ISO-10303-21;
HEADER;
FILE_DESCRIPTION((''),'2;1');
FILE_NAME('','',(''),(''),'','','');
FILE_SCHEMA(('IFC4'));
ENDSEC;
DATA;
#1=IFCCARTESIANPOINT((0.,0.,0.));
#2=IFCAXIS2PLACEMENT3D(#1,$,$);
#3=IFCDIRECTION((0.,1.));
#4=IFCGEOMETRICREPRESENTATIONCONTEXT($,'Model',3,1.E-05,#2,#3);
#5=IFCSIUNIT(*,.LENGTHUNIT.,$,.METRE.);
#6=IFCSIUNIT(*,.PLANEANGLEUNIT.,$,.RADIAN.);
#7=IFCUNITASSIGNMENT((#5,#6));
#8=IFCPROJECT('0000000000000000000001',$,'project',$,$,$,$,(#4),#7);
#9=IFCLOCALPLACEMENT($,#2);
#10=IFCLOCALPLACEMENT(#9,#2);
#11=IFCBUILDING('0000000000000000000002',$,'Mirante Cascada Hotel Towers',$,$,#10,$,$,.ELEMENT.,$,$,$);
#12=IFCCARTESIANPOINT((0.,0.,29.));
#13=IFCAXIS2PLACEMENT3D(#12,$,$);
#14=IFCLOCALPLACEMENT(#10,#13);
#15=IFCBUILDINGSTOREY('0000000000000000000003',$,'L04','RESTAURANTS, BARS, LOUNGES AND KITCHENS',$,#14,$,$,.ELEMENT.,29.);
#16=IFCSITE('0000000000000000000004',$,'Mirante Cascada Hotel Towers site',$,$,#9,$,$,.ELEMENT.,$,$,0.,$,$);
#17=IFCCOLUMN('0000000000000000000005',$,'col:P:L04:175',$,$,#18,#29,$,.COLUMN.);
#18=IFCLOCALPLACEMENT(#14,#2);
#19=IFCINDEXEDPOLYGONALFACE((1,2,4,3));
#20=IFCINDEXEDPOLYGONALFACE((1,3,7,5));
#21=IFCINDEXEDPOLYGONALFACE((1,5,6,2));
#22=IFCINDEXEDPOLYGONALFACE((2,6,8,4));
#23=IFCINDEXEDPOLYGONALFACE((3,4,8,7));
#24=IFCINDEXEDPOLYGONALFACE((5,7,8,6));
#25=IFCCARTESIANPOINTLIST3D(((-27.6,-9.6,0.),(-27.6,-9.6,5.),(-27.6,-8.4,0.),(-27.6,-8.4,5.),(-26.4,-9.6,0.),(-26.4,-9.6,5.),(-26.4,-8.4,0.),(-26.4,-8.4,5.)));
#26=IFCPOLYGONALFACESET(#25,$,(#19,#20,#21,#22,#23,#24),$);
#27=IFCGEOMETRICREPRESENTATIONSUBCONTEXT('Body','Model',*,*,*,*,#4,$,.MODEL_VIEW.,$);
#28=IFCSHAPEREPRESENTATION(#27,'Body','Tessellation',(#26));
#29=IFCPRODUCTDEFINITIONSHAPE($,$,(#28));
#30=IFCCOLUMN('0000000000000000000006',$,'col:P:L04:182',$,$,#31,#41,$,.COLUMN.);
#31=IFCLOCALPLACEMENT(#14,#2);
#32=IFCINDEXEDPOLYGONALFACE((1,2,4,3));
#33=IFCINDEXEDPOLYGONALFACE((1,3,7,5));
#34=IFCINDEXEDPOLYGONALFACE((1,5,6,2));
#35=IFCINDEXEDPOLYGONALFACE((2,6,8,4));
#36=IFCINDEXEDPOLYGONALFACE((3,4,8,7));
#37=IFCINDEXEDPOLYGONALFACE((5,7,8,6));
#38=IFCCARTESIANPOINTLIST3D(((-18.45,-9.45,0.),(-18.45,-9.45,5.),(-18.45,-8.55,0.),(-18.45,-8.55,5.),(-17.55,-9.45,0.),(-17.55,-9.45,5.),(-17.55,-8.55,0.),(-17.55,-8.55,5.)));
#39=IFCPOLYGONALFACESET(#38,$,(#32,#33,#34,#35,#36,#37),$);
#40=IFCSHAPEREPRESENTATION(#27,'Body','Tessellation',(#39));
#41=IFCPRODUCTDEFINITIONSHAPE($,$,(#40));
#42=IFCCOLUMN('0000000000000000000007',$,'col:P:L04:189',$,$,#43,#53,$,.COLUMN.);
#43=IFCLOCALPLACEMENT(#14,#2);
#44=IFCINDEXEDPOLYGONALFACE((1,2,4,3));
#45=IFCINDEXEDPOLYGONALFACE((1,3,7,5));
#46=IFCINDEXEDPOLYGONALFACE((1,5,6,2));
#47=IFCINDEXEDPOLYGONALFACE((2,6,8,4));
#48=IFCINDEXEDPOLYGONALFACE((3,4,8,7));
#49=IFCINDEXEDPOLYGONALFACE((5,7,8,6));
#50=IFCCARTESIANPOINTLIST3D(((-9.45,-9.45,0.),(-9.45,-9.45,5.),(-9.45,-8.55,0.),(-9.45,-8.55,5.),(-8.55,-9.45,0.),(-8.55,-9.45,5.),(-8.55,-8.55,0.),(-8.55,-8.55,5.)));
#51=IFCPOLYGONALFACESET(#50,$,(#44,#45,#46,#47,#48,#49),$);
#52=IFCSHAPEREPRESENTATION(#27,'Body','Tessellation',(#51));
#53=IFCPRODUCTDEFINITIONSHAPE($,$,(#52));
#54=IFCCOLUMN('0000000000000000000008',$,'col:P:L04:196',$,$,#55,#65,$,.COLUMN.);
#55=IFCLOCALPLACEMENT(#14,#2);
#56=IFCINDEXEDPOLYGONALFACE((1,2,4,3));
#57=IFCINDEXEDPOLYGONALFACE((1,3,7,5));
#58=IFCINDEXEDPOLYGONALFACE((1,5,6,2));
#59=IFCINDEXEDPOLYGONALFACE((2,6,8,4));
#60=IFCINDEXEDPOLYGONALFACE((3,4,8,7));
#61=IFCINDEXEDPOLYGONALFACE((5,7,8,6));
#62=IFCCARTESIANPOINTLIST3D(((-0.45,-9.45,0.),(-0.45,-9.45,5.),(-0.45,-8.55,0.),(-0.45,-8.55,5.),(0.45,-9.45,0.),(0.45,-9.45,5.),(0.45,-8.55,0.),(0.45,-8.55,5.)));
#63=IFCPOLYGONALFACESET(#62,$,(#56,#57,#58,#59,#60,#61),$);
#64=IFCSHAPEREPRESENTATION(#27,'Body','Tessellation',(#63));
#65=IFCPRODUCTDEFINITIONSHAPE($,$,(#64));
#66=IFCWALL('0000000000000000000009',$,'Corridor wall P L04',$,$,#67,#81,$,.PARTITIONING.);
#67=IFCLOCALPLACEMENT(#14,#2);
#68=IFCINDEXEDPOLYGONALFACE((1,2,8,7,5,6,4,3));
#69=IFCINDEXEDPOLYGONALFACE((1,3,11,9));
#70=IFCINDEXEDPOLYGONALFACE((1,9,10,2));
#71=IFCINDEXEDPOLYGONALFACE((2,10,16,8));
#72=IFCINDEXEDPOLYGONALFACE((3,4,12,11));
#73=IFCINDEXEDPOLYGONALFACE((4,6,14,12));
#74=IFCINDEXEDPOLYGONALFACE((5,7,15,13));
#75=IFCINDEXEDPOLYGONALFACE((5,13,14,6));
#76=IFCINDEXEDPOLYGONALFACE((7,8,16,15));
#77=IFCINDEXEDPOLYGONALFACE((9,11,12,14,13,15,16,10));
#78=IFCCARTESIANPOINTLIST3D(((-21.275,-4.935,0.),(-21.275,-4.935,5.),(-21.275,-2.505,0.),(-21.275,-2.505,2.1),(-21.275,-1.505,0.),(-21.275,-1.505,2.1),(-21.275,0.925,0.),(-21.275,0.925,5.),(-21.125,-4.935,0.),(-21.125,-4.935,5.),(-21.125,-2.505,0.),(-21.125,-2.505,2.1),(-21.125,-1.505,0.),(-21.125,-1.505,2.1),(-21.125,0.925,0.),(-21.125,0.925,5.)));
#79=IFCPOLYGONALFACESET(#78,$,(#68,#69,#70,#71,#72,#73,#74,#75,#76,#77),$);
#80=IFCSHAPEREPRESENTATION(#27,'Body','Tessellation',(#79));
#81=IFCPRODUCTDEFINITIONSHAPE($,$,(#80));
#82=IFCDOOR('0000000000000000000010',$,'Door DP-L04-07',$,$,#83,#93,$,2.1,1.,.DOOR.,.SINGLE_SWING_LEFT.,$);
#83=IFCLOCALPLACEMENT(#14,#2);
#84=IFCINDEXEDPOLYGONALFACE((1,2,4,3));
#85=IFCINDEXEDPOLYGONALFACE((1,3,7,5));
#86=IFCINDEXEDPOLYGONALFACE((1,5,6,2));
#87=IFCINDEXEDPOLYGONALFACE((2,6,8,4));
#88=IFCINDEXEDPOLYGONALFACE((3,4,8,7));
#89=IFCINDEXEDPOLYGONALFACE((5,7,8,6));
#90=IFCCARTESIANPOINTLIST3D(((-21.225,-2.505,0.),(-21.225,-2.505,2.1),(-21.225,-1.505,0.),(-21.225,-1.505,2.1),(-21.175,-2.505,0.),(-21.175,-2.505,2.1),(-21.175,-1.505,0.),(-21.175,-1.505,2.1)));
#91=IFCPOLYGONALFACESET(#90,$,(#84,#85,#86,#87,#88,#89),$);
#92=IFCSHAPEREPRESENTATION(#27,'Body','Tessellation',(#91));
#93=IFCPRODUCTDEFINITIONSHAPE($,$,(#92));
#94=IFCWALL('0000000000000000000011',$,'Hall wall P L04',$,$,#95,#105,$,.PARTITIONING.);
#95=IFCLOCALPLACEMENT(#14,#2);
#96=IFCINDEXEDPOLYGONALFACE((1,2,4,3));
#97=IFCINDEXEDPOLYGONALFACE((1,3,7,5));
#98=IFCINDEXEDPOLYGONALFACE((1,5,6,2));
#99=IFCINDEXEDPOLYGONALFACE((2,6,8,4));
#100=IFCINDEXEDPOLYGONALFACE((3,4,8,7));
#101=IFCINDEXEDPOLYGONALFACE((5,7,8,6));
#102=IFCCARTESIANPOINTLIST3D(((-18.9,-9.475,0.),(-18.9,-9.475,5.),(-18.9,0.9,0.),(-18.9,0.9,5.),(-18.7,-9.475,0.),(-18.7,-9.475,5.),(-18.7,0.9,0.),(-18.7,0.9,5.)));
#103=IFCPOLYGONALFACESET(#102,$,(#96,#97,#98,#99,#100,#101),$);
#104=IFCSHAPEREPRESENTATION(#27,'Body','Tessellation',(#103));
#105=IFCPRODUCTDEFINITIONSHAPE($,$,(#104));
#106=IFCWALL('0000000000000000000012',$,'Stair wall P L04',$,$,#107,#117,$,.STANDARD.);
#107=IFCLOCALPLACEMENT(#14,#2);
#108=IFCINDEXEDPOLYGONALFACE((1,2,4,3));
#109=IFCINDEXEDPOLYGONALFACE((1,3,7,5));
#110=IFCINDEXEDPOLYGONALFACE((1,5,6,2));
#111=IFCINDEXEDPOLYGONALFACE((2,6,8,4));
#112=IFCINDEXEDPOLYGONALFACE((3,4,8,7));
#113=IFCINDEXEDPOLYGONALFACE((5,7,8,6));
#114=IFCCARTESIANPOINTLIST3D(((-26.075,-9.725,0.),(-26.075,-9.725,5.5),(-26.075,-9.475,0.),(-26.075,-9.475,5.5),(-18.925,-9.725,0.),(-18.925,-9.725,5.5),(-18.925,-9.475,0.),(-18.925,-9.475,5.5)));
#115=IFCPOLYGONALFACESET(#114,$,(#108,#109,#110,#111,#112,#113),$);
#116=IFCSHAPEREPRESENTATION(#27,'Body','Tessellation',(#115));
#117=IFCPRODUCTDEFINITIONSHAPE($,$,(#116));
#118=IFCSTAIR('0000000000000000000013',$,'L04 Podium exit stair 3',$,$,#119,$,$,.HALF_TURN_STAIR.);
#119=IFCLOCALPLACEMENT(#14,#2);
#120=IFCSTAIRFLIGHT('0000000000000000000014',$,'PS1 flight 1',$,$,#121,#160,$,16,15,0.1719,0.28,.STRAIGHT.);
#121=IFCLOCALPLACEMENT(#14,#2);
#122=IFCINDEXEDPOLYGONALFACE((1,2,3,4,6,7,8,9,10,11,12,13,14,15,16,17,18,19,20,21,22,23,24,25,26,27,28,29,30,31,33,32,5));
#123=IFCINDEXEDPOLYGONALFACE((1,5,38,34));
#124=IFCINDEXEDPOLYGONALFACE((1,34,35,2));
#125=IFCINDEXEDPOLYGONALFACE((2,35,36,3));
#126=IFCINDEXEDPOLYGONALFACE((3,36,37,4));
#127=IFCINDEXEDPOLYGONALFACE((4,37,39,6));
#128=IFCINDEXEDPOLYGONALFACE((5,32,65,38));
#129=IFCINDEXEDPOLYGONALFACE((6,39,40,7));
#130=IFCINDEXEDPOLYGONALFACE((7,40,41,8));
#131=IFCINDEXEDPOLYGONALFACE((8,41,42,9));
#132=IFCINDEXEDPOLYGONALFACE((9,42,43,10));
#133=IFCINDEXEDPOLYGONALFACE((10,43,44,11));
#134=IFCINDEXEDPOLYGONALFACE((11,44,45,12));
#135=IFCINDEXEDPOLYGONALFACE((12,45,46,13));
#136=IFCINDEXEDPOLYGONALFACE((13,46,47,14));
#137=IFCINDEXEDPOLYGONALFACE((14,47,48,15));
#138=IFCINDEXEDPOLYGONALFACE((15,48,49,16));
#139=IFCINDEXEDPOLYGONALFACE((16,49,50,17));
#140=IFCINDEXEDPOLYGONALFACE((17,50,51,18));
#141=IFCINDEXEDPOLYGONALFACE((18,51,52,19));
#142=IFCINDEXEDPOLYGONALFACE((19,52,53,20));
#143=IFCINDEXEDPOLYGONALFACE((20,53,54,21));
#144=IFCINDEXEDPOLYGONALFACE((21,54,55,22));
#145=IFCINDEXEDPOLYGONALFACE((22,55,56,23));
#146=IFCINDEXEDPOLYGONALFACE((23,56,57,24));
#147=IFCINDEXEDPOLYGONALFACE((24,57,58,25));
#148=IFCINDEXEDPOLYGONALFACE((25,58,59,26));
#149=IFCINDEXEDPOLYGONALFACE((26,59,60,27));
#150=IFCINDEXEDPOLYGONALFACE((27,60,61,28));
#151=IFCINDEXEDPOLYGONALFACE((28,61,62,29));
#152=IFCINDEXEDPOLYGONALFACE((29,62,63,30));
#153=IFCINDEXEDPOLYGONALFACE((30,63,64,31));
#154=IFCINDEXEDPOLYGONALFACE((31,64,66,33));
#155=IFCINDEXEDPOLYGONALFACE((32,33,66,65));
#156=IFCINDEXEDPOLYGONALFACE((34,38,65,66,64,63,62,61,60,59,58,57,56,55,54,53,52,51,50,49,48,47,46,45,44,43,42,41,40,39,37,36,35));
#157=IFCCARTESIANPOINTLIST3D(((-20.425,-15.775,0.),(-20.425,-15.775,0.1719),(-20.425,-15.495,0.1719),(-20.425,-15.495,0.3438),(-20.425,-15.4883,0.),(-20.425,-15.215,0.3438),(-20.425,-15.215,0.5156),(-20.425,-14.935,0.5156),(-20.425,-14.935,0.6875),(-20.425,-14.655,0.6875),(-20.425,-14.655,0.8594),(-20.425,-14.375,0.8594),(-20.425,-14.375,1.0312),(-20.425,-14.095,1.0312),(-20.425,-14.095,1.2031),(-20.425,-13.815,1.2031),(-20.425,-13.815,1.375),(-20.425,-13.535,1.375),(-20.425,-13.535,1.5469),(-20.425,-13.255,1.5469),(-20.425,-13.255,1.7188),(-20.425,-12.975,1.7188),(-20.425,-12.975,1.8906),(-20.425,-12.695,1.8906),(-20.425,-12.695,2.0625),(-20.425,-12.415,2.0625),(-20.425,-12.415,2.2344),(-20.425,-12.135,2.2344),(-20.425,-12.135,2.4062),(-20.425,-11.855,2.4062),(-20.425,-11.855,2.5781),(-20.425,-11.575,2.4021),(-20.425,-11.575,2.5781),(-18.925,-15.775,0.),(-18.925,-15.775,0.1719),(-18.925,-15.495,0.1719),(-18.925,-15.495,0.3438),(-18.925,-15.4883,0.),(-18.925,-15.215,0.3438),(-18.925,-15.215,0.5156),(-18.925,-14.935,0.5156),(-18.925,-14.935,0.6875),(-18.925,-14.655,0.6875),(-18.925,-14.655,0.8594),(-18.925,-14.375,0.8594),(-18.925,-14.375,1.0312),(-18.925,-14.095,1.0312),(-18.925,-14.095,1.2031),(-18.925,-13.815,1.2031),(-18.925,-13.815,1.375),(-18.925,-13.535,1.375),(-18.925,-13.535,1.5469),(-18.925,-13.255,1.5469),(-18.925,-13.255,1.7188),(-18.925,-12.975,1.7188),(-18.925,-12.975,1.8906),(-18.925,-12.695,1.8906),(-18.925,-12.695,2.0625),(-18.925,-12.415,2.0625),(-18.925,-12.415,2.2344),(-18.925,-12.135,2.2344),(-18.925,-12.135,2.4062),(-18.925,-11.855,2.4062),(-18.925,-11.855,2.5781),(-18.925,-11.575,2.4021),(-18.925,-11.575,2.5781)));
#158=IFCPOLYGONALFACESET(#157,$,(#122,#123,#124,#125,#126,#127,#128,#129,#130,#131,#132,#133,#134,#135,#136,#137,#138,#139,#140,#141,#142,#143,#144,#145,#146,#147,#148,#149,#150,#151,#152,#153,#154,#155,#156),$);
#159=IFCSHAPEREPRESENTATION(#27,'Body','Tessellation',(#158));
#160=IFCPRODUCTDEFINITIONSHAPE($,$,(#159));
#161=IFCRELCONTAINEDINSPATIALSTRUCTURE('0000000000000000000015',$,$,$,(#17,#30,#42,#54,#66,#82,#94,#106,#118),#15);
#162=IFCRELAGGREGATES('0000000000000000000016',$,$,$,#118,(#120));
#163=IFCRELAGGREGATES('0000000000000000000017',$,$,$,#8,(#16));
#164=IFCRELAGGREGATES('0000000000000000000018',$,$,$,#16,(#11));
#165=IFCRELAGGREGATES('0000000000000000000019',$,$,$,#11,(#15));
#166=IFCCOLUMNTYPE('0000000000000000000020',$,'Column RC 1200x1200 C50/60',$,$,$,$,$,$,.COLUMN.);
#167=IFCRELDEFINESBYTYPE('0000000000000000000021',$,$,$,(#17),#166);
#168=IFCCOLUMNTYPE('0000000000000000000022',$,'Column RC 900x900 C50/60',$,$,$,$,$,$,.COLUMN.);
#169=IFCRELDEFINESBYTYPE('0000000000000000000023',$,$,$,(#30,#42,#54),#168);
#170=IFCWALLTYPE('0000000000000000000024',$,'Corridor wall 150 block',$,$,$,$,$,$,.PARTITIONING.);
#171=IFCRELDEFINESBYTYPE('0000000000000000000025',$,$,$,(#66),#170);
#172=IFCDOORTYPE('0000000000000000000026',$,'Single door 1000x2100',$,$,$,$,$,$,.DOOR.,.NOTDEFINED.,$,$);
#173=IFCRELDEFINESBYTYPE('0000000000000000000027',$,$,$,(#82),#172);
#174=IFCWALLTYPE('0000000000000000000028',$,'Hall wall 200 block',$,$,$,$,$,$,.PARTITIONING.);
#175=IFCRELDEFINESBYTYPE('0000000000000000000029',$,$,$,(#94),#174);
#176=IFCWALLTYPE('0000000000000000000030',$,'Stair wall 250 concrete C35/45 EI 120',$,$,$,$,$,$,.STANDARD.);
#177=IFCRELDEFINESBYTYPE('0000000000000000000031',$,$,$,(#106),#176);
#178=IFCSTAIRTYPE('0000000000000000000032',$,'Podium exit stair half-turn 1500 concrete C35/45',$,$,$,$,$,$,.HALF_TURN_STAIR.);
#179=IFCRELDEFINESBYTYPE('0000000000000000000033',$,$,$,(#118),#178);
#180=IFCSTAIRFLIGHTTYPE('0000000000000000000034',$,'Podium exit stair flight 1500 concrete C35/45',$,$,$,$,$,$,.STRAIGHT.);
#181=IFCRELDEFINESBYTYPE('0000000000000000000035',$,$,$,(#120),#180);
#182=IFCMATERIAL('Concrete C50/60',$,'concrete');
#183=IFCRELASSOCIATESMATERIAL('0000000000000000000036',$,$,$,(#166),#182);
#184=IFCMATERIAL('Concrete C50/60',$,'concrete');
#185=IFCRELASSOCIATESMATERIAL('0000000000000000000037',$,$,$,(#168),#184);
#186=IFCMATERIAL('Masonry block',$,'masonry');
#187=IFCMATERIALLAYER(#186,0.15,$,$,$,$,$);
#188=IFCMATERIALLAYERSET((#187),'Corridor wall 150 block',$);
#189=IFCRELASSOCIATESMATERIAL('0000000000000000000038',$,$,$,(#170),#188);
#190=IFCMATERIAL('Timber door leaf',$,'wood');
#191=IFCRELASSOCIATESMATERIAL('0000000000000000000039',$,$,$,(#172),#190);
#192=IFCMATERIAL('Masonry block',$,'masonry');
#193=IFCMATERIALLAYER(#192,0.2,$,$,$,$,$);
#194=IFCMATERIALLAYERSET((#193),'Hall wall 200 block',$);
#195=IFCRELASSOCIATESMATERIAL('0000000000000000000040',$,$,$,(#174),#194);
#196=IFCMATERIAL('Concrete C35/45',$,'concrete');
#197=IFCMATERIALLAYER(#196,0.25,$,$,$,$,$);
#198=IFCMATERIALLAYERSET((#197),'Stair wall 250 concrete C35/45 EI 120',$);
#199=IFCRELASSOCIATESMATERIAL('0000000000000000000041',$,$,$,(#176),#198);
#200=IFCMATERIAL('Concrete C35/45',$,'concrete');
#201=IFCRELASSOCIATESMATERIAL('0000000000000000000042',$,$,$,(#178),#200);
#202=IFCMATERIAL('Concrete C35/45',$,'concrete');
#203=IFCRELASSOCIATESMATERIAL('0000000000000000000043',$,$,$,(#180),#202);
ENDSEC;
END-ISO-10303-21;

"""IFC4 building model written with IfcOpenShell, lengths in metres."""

from ifc_helpers import new_model, si_unit, direction, frame, frame_2d, origin, origin_2d, place, context, subcontext, project, spatial, polyline, rectangle, outline, extrude, material, layer, layer_set, material_profile, profile_set, type_object, element, fill, aggregate, save


model = new_model("IFC4")

# Units and contexts
model_context = context("Model", 3, precision=1e-05, world=origin(), true_north=direction((0.0, 1.0)))
body_context = subcontext(model_context, "Body", "Model", "MODEL_VIEW")
ifc_project = project(units=[si_unit("LENGTHUNIT", "METRE"), si_unit("PLANEANGLEUNIT", "RADIAN")], contexts=[model_context])

# Site, building, storey
site_placement = place(None, origin())
site = spatial("IfcSite", under=ifc_project, at=site_placement, Name="Mirante Cascada Hotel Towers site", CompositionType="ELEMENT", RefElevation=0.0)
building_placement = place(site_placement, origin())
building = spatial("IfcBuilding", under=site, at=building_placement, Name="Mirante Cascada Hotel Towers", CompositionType="ELEMENT")
storey_placement = place(building_placement, frame((0.0, 0.0, 29.0)))
storey = spatial("IfcBuildingStorey", under=building, at=storey_placement, Name="L04", Description="RESTAURANTS, BARS, LOUNGES AND KITCHENS", CompositionType="ELEMENT", Elevation=29.0)

# Columns
ifc_material_1 = material(Name="Concrete C50/60", Category="concrete")
ifc_material_profile_1 = material_profile(ifc_material_1, rectangle(XDim=1.2, YDim=1.2, at=origin_2d()), Name="RC 1200x1200")
ifc_profile_set_1 = profile_set([ifc_material_profile_1], Name="Concrete C50/60")
column_type_1 = type_object("IfcColumnType", Name="Column RC 1200x1200 C50/60", PredefinedType="COLUMN", material=ifc_profile_set_1)
column_placement = place(storey_placement, frame((-27.0, -9.0, 0.0), z_axis=(0.0, 0.0, 1.0), x_axis=(1.0, 0.0, 0.0)))
element("IfcColumn", 1, at=column_placement, inside=storey, type_object=column_type_1, Name="col:P:L04:175", PredefinedType="COLUMN", context=body_context, shape_type="SweptSolid", body=[
    extrude(rectangle(XDim=1.2, YDim=1.2, at=origin_2d()), origin(), (0.0, 0.0, 1.0), 5.0),
])
ifc_material_2 = material(Name="Concrete C50/60", Category="concrete")
ifc_material_profile_2 = material_profile(ifc_material_2, rectangle(XDim=0.9, YDim=0.9, at=origin_2d()), Name="RC 900x900")
ifc_profile_set_2 = profile_set([ifc_material_profile_2], Name="Concrete C50/60")
column_type_2 = type_object("IfcColumnType", Name="Column RC 900x900 C50/60", PredefinedType="COLUMN", material=ifc_profile_set_2)
for number, where, z_axis, x_axis, name in (
    (2, (-18.0, -9.0, 0.0), (0.0, 0.0, 1.0), (1.0, 0.0, 0.0), "col:P:L04:182"),
    (3, (-9.0, -9.0, 0.0), (0.0, 0.0, 1.0), (1.0, 0.0, 0.0), "col:P:L04:189"),
    (4, (0.0, -9.0, 0.0), (0.0, 0.0, 1.0), (1.0, 0.0, 0.0), "col:P:L04:196"),
):
    element("IfcColumn", number, at=place(storey_placement, frame(where, z_axis=z_axis, x_axis=x_axis)), inside=storey, type_object=column_type_2, Name=name, PredefinedType="COLUMN", context=body_context, shape_type="SweptSolid", body=[
        extrude(rectangle(XDim=0.9, YDim=0.9, at=origin_2d()), origin(), (0.0, 0.0, 1.0), 5.0),
    ])

# Wall, opening, door
ifc_material_3 = material(Name="Masonry block", Category="masonry")
ifc_layer_1 = layer(ifc_material_3, 0.15)
ifc_layer_set_1 = layer_set([ifc_layer_1], Name="Corridor wall 150 block")
wall_type_1 = type_object("IfcWallType", Name="Corridor wall 150 block", PredefinedType="PARTITIONING", material=ifc_layer_set_1)
wall_1_placement = place(storey_placement, frame((-21.2, -4.935, 0.0), z_axis=(0.0, 0.0, 1.0), x_axis=(0.0, 1.0, 0.0)))
wall_1 = element("IfcWall", 5, at=wall_1_placement, inside=storey, type_object=wall_type_1, Name="Corridor wall P L04", PredefinedType="PARTITIONING", context=body_context, shape_type="SweptSolid", body=[
    extrude(rectangle(XDim=5.86, YDim=0.15, at=frame_2d((2.93, 0.0))), origin(), (0.0, 0.0, 1.0), 5.0),
])
opening_placement = place(wall_1_placement, frame((2.43, 0.0, 0.0)))
opening = element("IfcOpeningElement", 6, at=opening_placement, cuts=wall_1, PredefinedType="OPENING", context=body_context, shape_type="SweptSolid", body=[
    extrude(rectangle(XDim=1.0, YDim=2.1, at=frame_2d((0.5, 1.05))), frame((0.0, 0.075, 0.0), z_axis=(0.0, -1.0, 0.0), x_axis=(1.0, 0.0, 0.0)), (0.0, 0.0, 1.0), 0.15),
])
ifc_material_4 = material(Name="Timber door leaf", Category="wood")
door_type = type_object("IfcDoorType", Name="Single door 1000x2100", OperationType="NOTDEFINED", PredefinedType="DOOR", material=ifc_material_4)
door_placement = place(opening_placement, frame((1.0, 0.0, 0.0), z_axis=(0.0, 0.0, 1.0), x_axis=(-1.0, 0.0, 0.0)))
door = element("IfcDoor", 7, at=door_placement, inside=storey, type_object=door_type, Name="Door DP-L04-07", OperationType="SINGLE_SWING_LEFT", OverallHeight=2.1, OverallWidth=1.0, PredefinedType="DOOR", context=body_context, shape_type="SweptSolid", body=[
    extrude(rectangle(XDim=1.0, YDim=2.1, at=frame_2d((0.5, 1.05))), frame((0.0, 0.025, 0.0), z_axis=(0.0, -1.0, 0.0), x_axis=(1.0, 0.0, 0.0)), (0.0, 0.0, 1.0), 0.05),
])
fill(opening, door)

# Walls
ifc_material_5 = material(Name="Masonry block", Category="masonry")
ifc_layer_2 = layer(ifc_material_5, 0.2)
ifc_layer_set_2 = layer_set([ifc_layer_2], Name="Hall wall 200 block")
wall_type_2 = type_object("IfcWallType", Name="Hall wall 200 block", PredefinedType="PARTITIONING", material=ifc_layer_set_2)
wall_2_placement = place(storey_placement, frame((-18.8, -9.475, 0.0), z_axis=(0.0, 0.0, 1.0), x_axis=(0.0, 1.0, 0.0)))
element("IfcWall", 8, at=wall_2_placement, inside=storey, type_object=wall_type_2, Name="Hall wall P L04", PredefinedType="PARTITIONING", context=body_context, shape_type="SweptSolid", body=[
    extrude(rectangle(XDim=10.375, YDim=0.2, at=frame_2d((5.1875, 0.0))), origin(), (0.0, 0.0, 1.0), 5.0),
])
ifc_material_6 = material(Name="Concrete C35/45", Category="concrete")
ifc_layer_3 = layer(ifc_material_6, 0.25)
ifc_layer_set_3 = layer_set([ifc_layer_3], Name="Stair wall 250 concrete C35/45 EI 120")
wall_type_3 = type_object("IfcWallType", Name="Stair wall 250 concrete C35/45 EI 120", PredefinedType="STANDARD", material=ifc_layer_set_3)
wall_3_placement = place(storey_placement, frame((-26.075, -9.6, 0.0), z_axis=(0.0, 0.0, 1.0), x_axis=(1.0, 0.0, 0.0)))
element("IfcWall", 9, at=wall_3_placement, inside=storey, type_object=wall_type_3, Name="Stair wall P L04", PredefinedType="STANDARD", context=body_context, shape_type="SweptSolid", body=[
    extrude(rectangle(XDim=7.15, YDim=0.25, at=frame_2d((3.575, 0.0))), origin(), (0.0, 0.0, 1.0), 5.5),
])

# Stair, stair flight
ifc_material_7 = material(Name="Concrete C35/45", Category="concrete")
stair_type = type_object("IfcStairType", Name="Podium exit stair half-turn 1500 concrete C35/45", PredefinedType="HALF_TURN_STAIR", material=ifc_material_7)
stair_1_placement = place(storey_placement, origin())
stair_1 = element("IfcStair", 10, at=stair_1_placement, inside=storey, type_object=stair_type, Name="L04 Podium exit stair 3", PredefinedType="HALF_TURN_STAIR")
ifc_material_8 = material(Name="Concrete C35/45", Category="concrete")
stair_flight_type = type_object("IfcStairFlightType", Name="Podium exit stair flight 1500 concrete C35/45", PredefinedType="STRAIGHT", material=ifc_material_8)
stair_flight_1_placement = place(storey_placement, frame((-19.675, -15.775, 0.0), z_axis=(0.0, 0.0, 1.0), x_axis=(0.0, 1.0, 0.0)))
stair_flight_1 = element("IfcStairFlight", 11, at=stair_flight_1_placement, type_object=stair_flight_type, Name="PS1 flight 1", NumberOfRisers=16, NumberOfTreads=15, PredefinedType="STRAIGHT", RiserHeight=0.1719, TreadLength=0.28, context=body_context, shape_type="SweptSolid", body=[
    extrude(outline(polyline([(0.0, 0.0), (0.0, 0.1719), (0.28, 0.1719), (0.28, 0.3438), (0.56, 0.3438), (0.56, 0.5156), (0.84, 0.5156), (0.84, 0.6875), (1.12, 0.6875), (1.12, 0.8594), (1.4, 0.8594), (1.4, 1.0312), (1.68, 1.0312), (1.68, 1.2031), (1.96, 1.2031), (1.96, 1.375), (2.24, 1.375), (2.24, 1.5469), (2.52, 1.5469), (2.52, 1.7188), (2.8, 1.7188), (2.8, 1.8906), (3.08, 1.8906), (3.08, 2.0625), (3.36, 2.0625), (3.36, 2.2344), (3.64, 2.2344), (3.64, 2.4062), (3.92, 2.4062), (3.92, 2.5781), (4.2, 2.5781), (4.2, 2.75), (4.2, 2.4021), (0.2867, 0.0), (0.0, 0.0)])), frame((0.0, 0.75, 0.0), z_axis=(0.0, -1.0, 0.0), x_axis=(1.0, 0.0, 0.0)), (0.0, 0.0, 1.0), 1.5),
])
aggregate(stair_1, [stair_flight_1])

save(model, "model.ifc")
